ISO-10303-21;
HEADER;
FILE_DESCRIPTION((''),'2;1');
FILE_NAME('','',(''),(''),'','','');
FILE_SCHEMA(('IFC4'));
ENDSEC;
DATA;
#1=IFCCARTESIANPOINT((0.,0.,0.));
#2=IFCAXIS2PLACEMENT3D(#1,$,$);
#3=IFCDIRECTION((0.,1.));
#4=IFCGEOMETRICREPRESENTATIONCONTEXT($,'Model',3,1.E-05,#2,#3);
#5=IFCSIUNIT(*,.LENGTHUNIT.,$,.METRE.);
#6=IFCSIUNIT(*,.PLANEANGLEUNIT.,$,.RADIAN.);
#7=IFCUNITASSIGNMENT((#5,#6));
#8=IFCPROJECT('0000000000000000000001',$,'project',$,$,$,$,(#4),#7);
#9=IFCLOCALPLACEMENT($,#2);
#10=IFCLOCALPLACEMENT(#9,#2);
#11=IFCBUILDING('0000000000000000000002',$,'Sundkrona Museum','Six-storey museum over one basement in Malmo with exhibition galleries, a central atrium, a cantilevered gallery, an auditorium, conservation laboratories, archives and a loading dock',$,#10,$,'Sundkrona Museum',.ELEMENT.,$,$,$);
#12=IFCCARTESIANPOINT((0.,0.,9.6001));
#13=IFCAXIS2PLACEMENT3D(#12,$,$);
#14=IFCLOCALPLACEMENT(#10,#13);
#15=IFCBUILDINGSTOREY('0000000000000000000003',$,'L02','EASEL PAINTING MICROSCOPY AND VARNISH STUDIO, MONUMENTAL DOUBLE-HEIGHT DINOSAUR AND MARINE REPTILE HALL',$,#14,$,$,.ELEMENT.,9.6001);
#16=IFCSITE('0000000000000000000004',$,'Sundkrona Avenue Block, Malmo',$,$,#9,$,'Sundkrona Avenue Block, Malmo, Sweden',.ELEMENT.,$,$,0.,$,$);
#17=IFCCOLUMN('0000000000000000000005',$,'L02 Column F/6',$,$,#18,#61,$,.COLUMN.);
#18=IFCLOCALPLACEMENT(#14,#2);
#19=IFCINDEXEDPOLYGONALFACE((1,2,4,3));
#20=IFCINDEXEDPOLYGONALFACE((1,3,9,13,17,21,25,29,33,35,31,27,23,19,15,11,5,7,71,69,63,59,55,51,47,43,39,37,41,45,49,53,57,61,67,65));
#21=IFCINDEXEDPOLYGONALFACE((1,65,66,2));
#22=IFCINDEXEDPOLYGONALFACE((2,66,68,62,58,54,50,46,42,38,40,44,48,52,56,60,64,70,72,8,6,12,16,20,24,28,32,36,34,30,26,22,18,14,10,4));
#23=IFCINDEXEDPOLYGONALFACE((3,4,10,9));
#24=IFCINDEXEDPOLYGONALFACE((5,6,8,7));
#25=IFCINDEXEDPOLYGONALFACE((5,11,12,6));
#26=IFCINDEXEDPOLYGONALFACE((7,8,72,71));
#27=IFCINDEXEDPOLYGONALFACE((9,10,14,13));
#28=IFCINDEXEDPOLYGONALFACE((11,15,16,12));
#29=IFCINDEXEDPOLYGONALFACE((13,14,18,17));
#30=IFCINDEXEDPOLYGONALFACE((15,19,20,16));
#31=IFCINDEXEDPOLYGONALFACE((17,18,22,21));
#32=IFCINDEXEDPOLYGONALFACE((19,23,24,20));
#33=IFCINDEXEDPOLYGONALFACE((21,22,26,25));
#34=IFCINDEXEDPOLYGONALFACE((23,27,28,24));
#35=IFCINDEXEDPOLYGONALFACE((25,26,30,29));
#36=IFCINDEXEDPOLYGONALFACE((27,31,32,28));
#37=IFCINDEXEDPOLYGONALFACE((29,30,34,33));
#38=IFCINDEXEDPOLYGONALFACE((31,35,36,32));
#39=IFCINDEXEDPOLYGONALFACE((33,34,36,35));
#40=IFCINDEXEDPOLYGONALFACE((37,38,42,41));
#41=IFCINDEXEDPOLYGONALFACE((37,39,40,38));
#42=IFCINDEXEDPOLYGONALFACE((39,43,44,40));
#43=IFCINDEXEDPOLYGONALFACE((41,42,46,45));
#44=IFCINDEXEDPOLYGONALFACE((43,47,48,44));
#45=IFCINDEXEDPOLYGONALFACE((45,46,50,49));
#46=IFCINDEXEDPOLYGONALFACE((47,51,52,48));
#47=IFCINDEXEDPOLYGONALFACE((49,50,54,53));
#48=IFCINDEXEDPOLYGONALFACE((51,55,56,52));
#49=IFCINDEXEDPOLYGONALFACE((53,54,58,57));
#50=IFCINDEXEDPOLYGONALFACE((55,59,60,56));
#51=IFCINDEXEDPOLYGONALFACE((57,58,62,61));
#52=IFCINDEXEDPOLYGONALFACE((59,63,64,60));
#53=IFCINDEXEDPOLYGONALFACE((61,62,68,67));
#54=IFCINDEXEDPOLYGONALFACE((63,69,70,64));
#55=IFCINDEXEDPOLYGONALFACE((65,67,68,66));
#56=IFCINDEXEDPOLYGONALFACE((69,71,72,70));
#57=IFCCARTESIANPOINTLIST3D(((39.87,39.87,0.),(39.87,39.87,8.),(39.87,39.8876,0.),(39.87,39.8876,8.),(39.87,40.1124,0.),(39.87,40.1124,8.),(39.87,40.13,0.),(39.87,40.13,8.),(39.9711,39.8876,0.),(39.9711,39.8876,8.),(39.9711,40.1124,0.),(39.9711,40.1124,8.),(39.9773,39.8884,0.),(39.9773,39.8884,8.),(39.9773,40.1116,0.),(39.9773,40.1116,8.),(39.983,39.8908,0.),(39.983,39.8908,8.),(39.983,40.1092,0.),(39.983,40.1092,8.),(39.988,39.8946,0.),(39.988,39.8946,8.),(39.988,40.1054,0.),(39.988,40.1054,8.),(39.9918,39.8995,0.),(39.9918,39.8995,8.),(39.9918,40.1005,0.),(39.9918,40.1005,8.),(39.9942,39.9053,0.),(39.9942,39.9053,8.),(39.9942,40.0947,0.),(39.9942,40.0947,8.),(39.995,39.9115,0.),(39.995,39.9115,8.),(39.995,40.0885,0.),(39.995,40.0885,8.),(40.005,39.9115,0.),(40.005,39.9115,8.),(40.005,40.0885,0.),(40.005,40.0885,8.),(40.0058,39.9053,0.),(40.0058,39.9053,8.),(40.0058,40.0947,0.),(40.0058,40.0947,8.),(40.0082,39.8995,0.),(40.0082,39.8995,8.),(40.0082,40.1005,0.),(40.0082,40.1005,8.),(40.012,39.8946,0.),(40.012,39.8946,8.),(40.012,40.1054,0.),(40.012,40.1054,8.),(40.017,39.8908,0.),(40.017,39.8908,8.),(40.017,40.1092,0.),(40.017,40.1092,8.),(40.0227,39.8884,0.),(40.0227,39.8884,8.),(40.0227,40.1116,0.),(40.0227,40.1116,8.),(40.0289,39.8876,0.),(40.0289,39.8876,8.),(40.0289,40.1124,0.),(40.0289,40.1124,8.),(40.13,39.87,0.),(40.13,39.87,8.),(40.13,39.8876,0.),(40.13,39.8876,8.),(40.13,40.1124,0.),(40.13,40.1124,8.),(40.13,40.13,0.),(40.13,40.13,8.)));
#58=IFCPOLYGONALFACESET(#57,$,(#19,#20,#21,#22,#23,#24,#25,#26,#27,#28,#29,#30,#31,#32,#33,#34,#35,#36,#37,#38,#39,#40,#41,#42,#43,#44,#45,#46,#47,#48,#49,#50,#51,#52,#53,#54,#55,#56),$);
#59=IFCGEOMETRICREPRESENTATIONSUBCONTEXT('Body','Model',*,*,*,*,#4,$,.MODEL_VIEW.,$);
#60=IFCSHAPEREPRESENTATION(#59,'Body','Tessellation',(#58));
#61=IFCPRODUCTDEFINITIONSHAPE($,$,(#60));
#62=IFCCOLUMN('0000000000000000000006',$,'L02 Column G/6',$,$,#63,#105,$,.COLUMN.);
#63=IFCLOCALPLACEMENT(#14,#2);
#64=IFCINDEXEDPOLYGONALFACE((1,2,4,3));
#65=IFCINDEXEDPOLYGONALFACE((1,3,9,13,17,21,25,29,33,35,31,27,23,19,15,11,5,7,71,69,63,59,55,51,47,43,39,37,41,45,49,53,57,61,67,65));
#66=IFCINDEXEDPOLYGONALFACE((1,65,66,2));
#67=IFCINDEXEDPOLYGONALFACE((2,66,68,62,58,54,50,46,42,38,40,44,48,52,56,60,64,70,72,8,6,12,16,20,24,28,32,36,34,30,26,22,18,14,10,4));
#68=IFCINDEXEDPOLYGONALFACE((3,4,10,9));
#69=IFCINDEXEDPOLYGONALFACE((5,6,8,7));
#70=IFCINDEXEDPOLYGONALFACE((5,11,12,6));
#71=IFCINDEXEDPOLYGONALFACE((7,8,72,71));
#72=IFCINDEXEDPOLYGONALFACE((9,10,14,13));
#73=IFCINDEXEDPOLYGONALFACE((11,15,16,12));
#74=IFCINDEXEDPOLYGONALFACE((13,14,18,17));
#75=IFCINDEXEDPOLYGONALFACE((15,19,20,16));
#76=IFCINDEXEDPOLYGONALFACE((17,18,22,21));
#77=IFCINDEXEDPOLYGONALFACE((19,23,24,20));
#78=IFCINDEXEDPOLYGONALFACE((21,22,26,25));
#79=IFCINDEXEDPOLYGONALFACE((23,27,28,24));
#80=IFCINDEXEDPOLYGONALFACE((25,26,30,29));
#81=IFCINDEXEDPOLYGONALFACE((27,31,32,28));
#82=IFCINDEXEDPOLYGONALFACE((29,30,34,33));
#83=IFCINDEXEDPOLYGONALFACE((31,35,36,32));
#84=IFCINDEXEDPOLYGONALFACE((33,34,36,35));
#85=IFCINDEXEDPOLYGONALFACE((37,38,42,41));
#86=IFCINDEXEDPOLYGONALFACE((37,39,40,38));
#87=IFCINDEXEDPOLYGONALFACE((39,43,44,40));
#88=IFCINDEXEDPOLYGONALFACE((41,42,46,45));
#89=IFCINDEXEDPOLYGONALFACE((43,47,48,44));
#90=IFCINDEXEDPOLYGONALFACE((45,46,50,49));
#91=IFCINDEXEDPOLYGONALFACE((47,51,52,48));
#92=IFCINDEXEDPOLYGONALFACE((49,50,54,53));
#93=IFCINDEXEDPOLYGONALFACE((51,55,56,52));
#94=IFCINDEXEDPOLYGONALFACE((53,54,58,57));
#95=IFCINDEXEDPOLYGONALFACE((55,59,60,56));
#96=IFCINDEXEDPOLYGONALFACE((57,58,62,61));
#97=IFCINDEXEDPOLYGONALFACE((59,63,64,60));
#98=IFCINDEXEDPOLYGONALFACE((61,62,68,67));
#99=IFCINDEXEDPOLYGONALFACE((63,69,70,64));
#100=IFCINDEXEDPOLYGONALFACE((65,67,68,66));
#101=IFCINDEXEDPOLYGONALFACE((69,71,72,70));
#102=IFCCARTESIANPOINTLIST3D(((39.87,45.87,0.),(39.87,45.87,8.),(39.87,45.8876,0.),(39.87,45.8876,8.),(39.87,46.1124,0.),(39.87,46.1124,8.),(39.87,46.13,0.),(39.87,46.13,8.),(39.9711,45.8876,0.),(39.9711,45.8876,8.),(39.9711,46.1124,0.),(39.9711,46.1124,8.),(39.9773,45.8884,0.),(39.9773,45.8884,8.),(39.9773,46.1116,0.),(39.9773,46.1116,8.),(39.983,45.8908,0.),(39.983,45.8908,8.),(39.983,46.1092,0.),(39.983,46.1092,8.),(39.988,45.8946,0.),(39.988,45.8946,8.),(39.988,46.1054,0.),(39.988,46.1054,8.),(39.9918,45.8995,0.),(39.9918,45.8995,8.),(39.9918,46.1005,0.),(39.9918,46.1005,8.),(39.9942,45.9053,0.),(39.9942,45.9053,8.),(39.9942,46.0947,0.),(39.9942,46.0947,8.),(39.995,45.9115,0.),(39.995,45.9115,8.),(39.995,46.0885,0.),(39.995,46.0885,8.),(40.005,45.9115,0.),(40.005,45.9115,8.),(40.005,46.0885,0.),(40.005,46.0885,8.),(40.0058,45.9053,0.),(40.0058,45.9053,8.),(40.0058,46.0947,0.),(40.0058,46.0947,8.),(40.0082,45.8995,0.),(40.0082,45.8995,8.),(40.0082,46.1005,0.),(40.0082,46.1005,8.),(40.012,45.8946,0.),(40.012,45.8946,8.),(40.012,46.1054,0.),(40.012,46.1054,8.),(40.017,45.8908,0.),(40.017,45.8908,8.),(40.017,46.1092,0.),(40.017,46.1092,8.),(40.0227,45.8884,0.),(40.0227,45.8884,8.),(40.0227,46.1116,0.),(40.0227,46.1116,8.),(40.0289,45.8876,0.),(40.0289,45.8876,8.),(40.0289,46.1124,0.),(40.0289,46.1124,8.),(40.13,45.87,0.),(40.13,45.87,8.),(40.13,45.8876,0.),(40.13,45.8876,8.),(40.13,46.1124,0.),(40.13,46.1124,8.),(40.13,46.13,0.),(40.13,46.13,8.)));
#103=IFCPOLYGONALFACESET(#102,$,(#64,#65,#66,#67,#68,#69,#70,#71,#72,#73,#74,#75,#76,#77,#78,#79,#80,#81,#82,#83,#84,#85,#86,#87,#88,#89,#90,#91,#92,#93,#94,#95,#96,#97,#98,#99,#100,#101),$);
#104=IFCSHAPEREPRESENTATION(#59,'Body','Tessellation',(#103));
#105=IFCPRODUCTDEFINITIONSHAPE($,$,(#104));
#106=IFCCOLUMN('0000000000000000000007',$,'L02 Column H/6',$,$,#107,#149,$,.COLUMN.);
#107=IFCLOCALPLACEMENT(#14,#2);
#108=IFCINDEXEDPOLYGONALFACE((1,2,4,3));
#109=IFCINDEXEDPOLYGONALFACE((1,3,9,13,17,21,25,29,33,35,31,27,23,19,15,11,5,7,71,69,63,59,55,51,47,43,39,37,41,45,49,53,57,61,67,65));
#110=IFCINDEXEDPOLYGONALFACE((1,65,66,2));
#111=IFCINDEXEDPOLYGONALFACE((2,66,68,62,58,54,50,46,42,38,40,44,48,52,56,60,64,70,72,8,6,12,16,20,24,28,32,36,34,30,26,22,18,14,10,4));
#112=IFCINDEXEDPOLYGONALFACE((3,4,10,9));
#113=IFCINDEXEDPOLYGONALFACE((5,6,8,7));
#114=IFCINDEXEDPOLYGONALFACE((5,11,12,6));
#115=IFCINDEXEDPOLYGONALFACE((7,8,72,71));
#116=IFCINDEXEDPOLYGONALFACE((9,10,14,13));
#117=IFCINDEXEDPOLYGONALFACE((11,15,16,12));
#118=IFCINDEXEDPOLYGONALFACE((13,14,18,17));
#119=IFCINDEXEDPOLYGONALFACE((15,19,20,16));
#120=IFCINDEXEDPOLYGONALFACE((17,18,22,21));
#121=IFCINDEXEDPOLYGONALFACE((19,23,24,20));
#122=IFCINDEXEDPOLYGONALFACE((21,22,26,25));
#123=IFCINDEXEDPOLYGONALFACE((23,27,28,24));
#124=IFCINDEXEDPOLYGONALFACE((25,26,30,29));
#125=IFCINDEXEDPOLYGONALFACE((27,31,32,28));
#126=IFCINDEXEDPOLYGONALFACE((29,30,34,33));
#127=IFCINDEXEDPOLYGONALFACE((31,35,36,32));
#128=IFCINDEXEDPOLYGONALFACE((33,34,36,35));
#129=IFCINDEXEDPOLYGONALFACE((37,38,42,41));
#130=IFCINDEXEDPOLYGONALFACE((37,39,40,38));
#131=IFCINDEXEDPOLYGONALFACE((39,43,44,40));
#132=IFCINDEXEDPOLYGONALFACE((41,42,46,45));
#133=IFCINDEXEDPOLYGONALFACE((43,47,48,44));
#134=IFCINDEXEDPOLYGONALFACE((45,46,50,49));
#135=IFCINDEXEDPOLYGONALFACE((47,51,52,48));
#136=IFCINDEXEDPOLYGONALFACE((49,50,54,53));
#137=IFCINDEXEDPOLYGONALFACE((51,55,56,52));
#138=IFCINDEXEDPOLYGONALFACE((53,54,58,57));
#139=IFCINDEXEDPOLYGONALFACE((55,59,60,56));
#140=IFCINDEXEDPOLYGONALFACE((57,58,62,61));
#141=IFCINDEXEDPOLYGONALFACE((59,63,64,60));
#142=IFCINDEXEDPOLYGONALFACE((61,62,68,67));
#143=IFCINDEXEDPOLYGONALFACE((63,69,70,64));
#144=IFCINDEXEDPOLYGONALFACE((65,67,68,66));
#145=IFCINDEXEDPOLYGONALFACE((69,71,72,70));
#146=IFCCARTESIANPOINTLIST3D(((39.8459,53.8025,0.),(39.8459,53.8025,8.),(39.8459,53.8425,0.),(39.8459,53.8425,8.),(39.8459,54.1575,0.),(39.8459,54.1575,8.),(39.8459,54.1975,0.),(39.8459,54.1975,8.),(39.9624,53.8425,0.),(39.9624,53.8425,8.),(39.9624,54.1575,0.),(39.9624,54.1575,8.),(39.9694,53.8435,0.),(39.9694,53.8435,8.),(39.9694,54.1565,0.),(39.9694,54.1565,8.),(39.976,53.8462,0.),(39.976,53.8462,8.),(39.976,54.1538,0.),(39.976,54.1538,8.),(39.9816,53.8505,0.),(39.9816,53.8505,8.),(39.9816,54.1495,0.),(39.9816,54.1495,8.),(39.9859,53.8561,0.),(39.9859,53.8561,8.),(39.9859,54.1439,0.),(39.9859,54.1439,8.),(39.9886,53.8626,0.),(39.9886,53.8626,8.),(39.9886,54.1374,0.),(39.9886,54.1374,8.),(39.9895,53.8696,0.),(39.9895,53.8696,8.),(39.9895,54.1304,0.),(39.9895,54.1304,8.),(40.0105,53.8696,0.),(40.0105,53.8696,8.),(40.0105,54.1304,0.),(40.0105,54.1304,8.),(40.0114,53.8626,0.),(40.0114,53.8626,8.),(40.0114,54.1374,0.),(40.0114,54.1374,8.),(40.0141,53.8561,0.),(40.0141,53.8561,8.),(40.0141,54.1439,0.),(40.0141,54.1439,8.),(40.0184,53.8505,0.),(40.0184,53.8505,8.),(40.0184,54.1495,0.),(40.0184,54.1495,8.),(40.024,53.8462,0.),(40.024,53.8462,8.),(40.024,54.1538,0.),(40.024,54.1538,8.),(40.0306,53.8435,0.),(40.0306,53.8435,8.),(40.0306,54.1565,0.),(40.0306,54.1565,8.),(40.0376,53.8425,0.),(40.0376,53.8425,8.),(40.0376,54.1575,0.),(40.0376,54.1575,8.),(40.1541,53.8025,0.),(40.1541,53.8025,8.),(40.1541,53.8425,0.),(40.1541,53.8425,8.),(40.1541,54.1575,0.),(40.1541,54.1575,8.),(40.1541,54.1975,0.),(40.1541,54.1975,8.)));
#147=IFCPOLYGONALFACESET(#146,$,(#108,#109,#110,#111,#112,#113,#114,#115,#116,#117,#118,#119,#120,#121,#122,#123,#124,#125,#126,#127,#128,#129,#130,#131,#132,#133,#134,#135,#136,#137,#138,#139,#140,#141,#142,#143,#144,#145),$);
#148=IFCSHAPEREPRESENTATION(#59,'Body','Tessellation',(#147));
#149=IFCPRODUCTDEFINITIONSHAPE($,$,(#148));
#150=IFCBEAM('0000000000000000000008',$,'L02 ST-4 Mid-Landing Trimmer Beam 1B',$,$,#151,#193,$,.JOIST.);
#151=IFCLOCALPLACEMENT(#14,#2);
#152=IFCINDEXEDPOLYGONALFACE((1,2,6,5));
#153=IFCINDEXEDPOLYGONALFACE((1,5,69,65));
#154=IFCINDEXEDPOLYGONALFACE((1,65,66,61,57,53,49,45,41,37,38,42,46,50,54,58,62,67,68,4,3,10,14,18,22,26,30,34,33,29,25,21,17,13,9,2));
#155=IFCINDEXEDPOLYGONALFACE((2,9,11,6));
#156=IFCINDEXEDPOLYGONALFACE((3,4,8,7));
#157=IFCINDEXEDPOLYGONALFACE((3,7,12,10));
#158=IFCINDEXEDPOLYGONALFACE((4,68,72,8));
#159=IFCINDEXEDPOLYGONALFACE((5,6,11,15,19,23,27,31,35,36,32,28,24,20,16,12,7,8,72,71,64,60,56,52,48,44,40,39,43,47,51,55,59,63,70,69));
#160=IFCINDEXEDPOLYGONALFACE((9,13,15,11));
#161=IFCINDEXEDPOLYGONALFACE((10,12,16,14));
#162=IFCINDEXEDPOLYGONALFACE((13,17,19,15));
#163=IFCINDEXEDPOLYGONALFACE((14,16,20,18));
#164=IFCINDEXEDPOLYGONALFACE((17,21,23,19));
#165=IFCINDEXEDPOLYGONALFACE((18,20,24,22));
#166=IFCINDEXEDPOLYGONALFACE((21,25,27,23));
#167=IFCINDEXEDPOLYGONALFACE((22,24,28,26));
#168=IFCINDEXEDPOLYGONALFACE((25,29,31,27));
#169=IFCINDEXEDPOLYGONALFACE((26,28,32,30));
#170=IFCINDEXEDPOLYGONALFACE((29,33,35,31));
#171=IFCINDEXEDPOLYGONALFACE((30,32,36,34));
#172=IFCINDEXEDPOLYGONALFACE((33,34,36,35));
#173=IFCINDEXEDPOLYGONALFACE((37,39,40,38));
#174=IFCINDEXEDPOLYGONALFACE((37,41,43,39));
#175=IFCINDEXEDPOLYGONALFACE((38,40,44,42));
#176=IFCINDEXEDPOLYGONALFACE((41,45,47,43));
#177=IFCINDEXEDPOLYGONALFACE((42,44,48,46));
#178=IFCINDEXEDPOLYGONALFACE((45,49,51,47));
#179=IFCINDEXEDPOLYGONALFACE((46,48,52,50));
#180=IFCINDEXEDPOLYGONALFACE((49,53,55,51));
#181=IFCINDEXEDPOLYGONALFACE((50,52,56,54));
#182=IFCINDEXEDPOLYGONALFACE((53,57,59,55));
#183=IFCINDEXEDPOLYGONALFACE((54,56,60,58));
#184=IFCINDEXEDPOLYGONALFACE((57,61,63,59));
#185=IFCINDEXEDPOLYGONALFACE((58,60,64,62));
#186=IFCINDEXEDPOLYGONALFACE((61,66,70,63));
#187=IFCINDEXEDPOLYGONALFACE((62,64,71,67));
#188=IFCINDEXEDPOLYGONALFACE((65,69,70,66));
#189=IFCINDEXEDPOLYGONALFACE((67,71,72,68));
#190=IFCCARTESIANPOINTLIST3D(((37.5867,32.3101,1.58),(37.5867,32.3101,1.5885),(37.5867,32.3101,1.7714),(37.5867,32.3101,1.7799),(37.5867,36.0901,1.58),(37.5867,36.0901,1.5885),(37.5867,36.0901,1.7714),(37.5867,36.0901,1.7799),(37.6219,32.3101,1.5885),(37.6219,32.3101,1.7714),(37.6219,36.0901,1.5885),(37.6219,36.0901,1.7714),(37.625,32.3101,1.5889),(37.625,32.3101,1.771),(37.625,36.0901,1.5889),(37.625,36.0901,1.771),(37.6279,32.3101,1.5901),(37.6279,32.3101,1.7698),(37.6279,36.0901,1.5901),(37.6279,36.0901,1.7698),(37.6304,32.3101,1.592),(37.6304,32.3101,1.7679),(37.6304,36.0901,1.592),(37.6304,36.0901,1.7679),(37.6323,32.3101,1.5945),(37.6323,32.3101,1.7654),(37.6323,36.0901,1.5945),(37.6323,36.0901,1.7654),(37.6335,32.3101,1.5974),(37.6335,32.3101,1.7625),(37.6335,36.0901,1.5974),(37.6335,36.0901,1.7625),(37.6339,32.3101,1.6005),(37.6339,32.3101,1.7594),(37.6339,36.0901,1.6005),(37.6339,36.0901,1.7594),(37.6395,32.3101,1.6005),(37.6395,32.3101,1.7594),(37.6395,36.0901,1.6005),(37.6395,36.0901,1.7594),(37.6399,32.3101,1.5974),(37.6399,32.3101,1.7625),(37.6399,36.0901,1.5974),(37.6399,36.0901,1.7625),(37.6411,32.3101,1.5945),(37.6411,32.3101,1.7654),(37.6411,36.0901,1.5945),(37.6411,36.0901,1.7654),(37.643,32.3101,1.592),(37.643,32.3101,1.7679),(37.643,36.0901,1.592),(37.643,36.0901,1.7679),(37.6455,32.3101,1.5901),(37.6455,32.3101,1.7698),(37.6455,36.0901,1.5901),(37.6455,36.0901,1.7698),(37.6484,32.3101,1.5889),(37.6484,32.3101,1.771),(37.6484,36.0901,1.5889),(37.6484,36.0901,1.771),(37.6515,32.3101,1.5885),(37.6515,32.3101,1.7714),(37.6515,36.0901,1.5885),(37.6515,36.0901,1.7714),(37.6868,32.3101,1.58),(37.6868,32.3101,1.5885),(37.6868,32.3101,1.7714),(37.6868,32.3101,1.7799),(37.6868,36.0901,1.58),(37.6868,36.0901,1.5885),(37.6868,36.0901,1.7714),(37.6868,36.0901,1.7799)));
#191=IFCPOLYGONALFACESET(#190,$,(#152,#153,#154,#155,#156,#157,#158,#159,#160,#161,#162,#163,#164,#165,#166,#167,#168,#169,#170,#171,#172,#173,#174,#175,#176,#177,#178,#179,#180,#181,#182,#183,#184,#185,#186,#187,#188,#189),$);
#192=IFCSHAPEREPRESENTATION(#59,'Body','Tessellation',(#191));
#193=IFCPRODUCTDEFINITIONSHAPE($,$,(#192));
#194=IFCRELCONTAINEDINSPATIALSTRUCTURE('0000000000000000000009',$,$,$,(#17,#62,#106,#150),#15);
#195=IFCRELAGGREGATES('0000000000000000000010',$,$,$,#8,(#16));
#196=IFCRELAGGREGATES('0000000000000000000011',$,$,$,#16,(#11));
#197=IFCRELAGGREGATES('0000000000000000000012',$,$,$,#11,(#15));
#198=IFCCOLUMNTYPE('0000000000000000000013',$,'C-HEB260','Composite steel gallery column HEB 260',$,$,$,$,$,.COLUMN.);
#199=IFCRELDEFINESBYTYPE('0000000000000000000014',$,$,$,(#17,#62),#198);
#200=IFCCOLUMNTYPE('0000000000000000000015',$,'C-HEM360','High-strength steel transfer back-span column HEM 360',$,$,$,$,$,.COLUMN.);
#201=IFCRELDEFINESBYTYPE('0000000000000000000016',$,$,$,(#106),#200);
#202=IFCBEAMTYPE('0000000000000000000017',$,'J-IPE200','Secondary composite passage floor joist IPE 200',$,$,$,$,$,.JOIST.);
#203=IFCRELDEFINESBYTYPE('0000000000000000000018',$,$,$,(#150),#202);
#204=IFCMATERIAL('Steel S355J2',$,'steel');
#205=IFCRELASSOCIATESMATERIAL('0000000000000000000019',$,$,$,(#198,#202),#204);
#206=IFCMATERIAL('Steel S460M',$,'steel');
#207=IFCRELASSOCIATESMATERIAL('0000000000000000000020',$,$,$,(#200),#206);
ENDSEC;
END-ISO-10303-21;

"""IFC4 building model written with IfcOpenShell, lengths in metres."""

from ifc_helpers import new_model, si_unit, direction, frame, origin, origin_2d, place, context, subcontext, project, spatial, i_section, extrude, material, material_profile, profile_set, type_object, element, save


model = new_model("IFC4")

# Units and contexts
model_context = context("Model", 3, precision=1e-05, world=origin(), true_north=direction((0.0, 1.0)))
body_context = subcontext(model_context, "Body", "Model", "MODEL_VIEW")
ifc_project = project(units=[si_unit("LENGTHUNIT", "METRE"), si_unit("PLANEANGLEUNIT", "RADIAN")], contexts=[model_context])

# Site, building, storey
site_placement = place(None, origin())
site = spatial("IfcSite", under=ifc_project, at=site_placement, Name="Sundkrona Avenue Block, Malmo", LongName="Sundkrona Avenue Block, Malmo, Sweden", CompositionType="ELEMENT", RefElevation=0.0)
building_placement = place(site_placement, origin())
building = spatial("IfcBuilding", under=site, at=building_placement, Name="Sundkrona Museum", Description="Six-storey museum over one basement in Malmo with exhibition galleries, a central atrium, a cantilevered gallery, an auditorium, conservation laboratories, archives and a loading dock", LongName="Sundkrona Museum", CompositionType="ELEMENT")
storey_placement = place(building_placement, frame((0.0, 0.0, 9.6001)))
storey = spatial("IfcBuildingStorey", under=building, at=storey_placement, Name="L02", Description="EASEL PAINTING MICROSCOPY AND VARNISH STUDIO, MONUMENTAL DOUBLE-HEIGHT DINOSAUR AND MARINE REPTILE HALL", CompositionType="ELEMENT", Elevation=9.6001)

# Columns
ifc_material_1 = material(Name="Steel S355J2", Category="steel")
ifc_material_profile_1 = material_profile(ifc_material_1, i_section(OverallWidth=0.26, OverallDepth=0.26, WebThickness=0.01, FlangeThickness=0.0176, FilletRadius=0.0239, at=origin_2d()), Name="HEB 260")
ifc_profile_set_1 = profile_set([ifc_material_profile_1], Name="Steel S355J2")
column_type_1 = type_object("IfcColumnType", Name="C-HEB260", Description="Composite steel gallery column HEB 260", PredefinedType="COLUMN", material=ifc_profile_set_1)
for number, where, z_axis, x_axis, name in (
    (1, (40.0, 40.0, 0.0), (0.0, 0.0, 1.0), (1.0, 0.0, 0.0), "L02 Column F/6"),
    (2, (40.0, 46.0, 0.0), (0.0, 0.0, 1.0), (1.0, 0.0, 0.0), "L02 Column G/6"),
):
    element("IfcColumn", number, at=place(storey_placement, frame(where, z_axis=z_axis, x_axis=x_axis)), inside=storey, type_object=column_type_1, Name=name, PredefinedType="COLUMN", context=body_context, shape_type="SweptSolid", body=[
        extrude(i_section(OverallWidth=0.26, OverallDepth=0.26, WebThickness=0.01, FlangeThickness=0.0176, FilletRadius=0.0239, at=origin_2d()), origin(), (0.0, 0.0, 1.0), 8.0),
    ])
ifc_material_2 = material(Name="Steel S460M", Category="steel")
ifc_material_profile_2 = material_profile(ifc_material_2, i_section(OverallWidth=0.3081, OverallDepth=0.395, WebThickness=0.021, FlangeThickness=0.04, FilletRadius=0.0271, at=origin_2d()), Name="HEM 360")
ifc_profile_set_2 = profile_set([ifc_material_profile_2], Name="Steel S460M")
column_type_2 = type_object("IfcColumnType", Name="C-HEM360", Description="High-strength steel transfer back-span column HEM 360", PredefinedType="COLUMN", material=ifc_profile_set_2)
column_placement = place(storey_placement, frame((40.0, 54.0, 0.0), z_axis=(0.0, 0.0, 1.0), x_axis=(1.0, 0.0, 0.0)))
element("IfcColumn", 3, at=column_placement, inside=storey, type_object=column_type_2, Name="L02 Column H/6", PredefinedType="COLUMN", context=body_context, shape_type="SweptSolid", body=[
    extrude(i_section(OverallWidth=0.3081, OverallDepth=0.395, WebThickness=0.021, FlangeThickness=0.04, FilletRadius=0.0271, at=origin_2d()), origin(), (0.0, 0.0, 1.0), 8.0),
])

# Beam
ifc_material_profile_3 = material_profile(ifc_material_1, i_section(OverallWidth=0.1001, OverallDepth=0.2, WebThickness=0.0056, FlangeThickness=0.0085, FilletRadius=0.012, at=origin_2d()), Name="IPE 200")
ifc_profile_set_3 = profile_set([ifc_material_profile_3], Name="Steel S355J2")
beam_type_1 = type_object("IfcBeamType", Name="J-IPE200", Description="Secondary composite passage floor joist IPE 200", PredefinedType="JOIST", material=ifc_profile_set_3)
for number, where, z_axis, x_axis, name in (
    (4, (37.6367, 32.3101, 1.6799), (0.0, 1.0, 0.0), (-1.0, 0.0, 0.0), "L02 ST-4 Mid-Landing Trimmer Beam 1B"),
):
    element("IfcBeam", number, at=place(storey_placement, frame(where, z_axis=z_axis, x_axis=x_axis)), inside=storey, type_object=beam_type_1, Name=name, PredefinedType="JOIST", context=body_context, shape_type="SweptSolid", body=[
        extrude(i_section(OverallWidth=0.1001, OverallDepth=0.2, WebThickness=0.0056, FlangeThickness=0.0085, FilletRadius=0.012, at=origin_2d()), origin(), (0.0, 0.0, 1.0), 3.78),
    ])

save(model, "model.ifc")
